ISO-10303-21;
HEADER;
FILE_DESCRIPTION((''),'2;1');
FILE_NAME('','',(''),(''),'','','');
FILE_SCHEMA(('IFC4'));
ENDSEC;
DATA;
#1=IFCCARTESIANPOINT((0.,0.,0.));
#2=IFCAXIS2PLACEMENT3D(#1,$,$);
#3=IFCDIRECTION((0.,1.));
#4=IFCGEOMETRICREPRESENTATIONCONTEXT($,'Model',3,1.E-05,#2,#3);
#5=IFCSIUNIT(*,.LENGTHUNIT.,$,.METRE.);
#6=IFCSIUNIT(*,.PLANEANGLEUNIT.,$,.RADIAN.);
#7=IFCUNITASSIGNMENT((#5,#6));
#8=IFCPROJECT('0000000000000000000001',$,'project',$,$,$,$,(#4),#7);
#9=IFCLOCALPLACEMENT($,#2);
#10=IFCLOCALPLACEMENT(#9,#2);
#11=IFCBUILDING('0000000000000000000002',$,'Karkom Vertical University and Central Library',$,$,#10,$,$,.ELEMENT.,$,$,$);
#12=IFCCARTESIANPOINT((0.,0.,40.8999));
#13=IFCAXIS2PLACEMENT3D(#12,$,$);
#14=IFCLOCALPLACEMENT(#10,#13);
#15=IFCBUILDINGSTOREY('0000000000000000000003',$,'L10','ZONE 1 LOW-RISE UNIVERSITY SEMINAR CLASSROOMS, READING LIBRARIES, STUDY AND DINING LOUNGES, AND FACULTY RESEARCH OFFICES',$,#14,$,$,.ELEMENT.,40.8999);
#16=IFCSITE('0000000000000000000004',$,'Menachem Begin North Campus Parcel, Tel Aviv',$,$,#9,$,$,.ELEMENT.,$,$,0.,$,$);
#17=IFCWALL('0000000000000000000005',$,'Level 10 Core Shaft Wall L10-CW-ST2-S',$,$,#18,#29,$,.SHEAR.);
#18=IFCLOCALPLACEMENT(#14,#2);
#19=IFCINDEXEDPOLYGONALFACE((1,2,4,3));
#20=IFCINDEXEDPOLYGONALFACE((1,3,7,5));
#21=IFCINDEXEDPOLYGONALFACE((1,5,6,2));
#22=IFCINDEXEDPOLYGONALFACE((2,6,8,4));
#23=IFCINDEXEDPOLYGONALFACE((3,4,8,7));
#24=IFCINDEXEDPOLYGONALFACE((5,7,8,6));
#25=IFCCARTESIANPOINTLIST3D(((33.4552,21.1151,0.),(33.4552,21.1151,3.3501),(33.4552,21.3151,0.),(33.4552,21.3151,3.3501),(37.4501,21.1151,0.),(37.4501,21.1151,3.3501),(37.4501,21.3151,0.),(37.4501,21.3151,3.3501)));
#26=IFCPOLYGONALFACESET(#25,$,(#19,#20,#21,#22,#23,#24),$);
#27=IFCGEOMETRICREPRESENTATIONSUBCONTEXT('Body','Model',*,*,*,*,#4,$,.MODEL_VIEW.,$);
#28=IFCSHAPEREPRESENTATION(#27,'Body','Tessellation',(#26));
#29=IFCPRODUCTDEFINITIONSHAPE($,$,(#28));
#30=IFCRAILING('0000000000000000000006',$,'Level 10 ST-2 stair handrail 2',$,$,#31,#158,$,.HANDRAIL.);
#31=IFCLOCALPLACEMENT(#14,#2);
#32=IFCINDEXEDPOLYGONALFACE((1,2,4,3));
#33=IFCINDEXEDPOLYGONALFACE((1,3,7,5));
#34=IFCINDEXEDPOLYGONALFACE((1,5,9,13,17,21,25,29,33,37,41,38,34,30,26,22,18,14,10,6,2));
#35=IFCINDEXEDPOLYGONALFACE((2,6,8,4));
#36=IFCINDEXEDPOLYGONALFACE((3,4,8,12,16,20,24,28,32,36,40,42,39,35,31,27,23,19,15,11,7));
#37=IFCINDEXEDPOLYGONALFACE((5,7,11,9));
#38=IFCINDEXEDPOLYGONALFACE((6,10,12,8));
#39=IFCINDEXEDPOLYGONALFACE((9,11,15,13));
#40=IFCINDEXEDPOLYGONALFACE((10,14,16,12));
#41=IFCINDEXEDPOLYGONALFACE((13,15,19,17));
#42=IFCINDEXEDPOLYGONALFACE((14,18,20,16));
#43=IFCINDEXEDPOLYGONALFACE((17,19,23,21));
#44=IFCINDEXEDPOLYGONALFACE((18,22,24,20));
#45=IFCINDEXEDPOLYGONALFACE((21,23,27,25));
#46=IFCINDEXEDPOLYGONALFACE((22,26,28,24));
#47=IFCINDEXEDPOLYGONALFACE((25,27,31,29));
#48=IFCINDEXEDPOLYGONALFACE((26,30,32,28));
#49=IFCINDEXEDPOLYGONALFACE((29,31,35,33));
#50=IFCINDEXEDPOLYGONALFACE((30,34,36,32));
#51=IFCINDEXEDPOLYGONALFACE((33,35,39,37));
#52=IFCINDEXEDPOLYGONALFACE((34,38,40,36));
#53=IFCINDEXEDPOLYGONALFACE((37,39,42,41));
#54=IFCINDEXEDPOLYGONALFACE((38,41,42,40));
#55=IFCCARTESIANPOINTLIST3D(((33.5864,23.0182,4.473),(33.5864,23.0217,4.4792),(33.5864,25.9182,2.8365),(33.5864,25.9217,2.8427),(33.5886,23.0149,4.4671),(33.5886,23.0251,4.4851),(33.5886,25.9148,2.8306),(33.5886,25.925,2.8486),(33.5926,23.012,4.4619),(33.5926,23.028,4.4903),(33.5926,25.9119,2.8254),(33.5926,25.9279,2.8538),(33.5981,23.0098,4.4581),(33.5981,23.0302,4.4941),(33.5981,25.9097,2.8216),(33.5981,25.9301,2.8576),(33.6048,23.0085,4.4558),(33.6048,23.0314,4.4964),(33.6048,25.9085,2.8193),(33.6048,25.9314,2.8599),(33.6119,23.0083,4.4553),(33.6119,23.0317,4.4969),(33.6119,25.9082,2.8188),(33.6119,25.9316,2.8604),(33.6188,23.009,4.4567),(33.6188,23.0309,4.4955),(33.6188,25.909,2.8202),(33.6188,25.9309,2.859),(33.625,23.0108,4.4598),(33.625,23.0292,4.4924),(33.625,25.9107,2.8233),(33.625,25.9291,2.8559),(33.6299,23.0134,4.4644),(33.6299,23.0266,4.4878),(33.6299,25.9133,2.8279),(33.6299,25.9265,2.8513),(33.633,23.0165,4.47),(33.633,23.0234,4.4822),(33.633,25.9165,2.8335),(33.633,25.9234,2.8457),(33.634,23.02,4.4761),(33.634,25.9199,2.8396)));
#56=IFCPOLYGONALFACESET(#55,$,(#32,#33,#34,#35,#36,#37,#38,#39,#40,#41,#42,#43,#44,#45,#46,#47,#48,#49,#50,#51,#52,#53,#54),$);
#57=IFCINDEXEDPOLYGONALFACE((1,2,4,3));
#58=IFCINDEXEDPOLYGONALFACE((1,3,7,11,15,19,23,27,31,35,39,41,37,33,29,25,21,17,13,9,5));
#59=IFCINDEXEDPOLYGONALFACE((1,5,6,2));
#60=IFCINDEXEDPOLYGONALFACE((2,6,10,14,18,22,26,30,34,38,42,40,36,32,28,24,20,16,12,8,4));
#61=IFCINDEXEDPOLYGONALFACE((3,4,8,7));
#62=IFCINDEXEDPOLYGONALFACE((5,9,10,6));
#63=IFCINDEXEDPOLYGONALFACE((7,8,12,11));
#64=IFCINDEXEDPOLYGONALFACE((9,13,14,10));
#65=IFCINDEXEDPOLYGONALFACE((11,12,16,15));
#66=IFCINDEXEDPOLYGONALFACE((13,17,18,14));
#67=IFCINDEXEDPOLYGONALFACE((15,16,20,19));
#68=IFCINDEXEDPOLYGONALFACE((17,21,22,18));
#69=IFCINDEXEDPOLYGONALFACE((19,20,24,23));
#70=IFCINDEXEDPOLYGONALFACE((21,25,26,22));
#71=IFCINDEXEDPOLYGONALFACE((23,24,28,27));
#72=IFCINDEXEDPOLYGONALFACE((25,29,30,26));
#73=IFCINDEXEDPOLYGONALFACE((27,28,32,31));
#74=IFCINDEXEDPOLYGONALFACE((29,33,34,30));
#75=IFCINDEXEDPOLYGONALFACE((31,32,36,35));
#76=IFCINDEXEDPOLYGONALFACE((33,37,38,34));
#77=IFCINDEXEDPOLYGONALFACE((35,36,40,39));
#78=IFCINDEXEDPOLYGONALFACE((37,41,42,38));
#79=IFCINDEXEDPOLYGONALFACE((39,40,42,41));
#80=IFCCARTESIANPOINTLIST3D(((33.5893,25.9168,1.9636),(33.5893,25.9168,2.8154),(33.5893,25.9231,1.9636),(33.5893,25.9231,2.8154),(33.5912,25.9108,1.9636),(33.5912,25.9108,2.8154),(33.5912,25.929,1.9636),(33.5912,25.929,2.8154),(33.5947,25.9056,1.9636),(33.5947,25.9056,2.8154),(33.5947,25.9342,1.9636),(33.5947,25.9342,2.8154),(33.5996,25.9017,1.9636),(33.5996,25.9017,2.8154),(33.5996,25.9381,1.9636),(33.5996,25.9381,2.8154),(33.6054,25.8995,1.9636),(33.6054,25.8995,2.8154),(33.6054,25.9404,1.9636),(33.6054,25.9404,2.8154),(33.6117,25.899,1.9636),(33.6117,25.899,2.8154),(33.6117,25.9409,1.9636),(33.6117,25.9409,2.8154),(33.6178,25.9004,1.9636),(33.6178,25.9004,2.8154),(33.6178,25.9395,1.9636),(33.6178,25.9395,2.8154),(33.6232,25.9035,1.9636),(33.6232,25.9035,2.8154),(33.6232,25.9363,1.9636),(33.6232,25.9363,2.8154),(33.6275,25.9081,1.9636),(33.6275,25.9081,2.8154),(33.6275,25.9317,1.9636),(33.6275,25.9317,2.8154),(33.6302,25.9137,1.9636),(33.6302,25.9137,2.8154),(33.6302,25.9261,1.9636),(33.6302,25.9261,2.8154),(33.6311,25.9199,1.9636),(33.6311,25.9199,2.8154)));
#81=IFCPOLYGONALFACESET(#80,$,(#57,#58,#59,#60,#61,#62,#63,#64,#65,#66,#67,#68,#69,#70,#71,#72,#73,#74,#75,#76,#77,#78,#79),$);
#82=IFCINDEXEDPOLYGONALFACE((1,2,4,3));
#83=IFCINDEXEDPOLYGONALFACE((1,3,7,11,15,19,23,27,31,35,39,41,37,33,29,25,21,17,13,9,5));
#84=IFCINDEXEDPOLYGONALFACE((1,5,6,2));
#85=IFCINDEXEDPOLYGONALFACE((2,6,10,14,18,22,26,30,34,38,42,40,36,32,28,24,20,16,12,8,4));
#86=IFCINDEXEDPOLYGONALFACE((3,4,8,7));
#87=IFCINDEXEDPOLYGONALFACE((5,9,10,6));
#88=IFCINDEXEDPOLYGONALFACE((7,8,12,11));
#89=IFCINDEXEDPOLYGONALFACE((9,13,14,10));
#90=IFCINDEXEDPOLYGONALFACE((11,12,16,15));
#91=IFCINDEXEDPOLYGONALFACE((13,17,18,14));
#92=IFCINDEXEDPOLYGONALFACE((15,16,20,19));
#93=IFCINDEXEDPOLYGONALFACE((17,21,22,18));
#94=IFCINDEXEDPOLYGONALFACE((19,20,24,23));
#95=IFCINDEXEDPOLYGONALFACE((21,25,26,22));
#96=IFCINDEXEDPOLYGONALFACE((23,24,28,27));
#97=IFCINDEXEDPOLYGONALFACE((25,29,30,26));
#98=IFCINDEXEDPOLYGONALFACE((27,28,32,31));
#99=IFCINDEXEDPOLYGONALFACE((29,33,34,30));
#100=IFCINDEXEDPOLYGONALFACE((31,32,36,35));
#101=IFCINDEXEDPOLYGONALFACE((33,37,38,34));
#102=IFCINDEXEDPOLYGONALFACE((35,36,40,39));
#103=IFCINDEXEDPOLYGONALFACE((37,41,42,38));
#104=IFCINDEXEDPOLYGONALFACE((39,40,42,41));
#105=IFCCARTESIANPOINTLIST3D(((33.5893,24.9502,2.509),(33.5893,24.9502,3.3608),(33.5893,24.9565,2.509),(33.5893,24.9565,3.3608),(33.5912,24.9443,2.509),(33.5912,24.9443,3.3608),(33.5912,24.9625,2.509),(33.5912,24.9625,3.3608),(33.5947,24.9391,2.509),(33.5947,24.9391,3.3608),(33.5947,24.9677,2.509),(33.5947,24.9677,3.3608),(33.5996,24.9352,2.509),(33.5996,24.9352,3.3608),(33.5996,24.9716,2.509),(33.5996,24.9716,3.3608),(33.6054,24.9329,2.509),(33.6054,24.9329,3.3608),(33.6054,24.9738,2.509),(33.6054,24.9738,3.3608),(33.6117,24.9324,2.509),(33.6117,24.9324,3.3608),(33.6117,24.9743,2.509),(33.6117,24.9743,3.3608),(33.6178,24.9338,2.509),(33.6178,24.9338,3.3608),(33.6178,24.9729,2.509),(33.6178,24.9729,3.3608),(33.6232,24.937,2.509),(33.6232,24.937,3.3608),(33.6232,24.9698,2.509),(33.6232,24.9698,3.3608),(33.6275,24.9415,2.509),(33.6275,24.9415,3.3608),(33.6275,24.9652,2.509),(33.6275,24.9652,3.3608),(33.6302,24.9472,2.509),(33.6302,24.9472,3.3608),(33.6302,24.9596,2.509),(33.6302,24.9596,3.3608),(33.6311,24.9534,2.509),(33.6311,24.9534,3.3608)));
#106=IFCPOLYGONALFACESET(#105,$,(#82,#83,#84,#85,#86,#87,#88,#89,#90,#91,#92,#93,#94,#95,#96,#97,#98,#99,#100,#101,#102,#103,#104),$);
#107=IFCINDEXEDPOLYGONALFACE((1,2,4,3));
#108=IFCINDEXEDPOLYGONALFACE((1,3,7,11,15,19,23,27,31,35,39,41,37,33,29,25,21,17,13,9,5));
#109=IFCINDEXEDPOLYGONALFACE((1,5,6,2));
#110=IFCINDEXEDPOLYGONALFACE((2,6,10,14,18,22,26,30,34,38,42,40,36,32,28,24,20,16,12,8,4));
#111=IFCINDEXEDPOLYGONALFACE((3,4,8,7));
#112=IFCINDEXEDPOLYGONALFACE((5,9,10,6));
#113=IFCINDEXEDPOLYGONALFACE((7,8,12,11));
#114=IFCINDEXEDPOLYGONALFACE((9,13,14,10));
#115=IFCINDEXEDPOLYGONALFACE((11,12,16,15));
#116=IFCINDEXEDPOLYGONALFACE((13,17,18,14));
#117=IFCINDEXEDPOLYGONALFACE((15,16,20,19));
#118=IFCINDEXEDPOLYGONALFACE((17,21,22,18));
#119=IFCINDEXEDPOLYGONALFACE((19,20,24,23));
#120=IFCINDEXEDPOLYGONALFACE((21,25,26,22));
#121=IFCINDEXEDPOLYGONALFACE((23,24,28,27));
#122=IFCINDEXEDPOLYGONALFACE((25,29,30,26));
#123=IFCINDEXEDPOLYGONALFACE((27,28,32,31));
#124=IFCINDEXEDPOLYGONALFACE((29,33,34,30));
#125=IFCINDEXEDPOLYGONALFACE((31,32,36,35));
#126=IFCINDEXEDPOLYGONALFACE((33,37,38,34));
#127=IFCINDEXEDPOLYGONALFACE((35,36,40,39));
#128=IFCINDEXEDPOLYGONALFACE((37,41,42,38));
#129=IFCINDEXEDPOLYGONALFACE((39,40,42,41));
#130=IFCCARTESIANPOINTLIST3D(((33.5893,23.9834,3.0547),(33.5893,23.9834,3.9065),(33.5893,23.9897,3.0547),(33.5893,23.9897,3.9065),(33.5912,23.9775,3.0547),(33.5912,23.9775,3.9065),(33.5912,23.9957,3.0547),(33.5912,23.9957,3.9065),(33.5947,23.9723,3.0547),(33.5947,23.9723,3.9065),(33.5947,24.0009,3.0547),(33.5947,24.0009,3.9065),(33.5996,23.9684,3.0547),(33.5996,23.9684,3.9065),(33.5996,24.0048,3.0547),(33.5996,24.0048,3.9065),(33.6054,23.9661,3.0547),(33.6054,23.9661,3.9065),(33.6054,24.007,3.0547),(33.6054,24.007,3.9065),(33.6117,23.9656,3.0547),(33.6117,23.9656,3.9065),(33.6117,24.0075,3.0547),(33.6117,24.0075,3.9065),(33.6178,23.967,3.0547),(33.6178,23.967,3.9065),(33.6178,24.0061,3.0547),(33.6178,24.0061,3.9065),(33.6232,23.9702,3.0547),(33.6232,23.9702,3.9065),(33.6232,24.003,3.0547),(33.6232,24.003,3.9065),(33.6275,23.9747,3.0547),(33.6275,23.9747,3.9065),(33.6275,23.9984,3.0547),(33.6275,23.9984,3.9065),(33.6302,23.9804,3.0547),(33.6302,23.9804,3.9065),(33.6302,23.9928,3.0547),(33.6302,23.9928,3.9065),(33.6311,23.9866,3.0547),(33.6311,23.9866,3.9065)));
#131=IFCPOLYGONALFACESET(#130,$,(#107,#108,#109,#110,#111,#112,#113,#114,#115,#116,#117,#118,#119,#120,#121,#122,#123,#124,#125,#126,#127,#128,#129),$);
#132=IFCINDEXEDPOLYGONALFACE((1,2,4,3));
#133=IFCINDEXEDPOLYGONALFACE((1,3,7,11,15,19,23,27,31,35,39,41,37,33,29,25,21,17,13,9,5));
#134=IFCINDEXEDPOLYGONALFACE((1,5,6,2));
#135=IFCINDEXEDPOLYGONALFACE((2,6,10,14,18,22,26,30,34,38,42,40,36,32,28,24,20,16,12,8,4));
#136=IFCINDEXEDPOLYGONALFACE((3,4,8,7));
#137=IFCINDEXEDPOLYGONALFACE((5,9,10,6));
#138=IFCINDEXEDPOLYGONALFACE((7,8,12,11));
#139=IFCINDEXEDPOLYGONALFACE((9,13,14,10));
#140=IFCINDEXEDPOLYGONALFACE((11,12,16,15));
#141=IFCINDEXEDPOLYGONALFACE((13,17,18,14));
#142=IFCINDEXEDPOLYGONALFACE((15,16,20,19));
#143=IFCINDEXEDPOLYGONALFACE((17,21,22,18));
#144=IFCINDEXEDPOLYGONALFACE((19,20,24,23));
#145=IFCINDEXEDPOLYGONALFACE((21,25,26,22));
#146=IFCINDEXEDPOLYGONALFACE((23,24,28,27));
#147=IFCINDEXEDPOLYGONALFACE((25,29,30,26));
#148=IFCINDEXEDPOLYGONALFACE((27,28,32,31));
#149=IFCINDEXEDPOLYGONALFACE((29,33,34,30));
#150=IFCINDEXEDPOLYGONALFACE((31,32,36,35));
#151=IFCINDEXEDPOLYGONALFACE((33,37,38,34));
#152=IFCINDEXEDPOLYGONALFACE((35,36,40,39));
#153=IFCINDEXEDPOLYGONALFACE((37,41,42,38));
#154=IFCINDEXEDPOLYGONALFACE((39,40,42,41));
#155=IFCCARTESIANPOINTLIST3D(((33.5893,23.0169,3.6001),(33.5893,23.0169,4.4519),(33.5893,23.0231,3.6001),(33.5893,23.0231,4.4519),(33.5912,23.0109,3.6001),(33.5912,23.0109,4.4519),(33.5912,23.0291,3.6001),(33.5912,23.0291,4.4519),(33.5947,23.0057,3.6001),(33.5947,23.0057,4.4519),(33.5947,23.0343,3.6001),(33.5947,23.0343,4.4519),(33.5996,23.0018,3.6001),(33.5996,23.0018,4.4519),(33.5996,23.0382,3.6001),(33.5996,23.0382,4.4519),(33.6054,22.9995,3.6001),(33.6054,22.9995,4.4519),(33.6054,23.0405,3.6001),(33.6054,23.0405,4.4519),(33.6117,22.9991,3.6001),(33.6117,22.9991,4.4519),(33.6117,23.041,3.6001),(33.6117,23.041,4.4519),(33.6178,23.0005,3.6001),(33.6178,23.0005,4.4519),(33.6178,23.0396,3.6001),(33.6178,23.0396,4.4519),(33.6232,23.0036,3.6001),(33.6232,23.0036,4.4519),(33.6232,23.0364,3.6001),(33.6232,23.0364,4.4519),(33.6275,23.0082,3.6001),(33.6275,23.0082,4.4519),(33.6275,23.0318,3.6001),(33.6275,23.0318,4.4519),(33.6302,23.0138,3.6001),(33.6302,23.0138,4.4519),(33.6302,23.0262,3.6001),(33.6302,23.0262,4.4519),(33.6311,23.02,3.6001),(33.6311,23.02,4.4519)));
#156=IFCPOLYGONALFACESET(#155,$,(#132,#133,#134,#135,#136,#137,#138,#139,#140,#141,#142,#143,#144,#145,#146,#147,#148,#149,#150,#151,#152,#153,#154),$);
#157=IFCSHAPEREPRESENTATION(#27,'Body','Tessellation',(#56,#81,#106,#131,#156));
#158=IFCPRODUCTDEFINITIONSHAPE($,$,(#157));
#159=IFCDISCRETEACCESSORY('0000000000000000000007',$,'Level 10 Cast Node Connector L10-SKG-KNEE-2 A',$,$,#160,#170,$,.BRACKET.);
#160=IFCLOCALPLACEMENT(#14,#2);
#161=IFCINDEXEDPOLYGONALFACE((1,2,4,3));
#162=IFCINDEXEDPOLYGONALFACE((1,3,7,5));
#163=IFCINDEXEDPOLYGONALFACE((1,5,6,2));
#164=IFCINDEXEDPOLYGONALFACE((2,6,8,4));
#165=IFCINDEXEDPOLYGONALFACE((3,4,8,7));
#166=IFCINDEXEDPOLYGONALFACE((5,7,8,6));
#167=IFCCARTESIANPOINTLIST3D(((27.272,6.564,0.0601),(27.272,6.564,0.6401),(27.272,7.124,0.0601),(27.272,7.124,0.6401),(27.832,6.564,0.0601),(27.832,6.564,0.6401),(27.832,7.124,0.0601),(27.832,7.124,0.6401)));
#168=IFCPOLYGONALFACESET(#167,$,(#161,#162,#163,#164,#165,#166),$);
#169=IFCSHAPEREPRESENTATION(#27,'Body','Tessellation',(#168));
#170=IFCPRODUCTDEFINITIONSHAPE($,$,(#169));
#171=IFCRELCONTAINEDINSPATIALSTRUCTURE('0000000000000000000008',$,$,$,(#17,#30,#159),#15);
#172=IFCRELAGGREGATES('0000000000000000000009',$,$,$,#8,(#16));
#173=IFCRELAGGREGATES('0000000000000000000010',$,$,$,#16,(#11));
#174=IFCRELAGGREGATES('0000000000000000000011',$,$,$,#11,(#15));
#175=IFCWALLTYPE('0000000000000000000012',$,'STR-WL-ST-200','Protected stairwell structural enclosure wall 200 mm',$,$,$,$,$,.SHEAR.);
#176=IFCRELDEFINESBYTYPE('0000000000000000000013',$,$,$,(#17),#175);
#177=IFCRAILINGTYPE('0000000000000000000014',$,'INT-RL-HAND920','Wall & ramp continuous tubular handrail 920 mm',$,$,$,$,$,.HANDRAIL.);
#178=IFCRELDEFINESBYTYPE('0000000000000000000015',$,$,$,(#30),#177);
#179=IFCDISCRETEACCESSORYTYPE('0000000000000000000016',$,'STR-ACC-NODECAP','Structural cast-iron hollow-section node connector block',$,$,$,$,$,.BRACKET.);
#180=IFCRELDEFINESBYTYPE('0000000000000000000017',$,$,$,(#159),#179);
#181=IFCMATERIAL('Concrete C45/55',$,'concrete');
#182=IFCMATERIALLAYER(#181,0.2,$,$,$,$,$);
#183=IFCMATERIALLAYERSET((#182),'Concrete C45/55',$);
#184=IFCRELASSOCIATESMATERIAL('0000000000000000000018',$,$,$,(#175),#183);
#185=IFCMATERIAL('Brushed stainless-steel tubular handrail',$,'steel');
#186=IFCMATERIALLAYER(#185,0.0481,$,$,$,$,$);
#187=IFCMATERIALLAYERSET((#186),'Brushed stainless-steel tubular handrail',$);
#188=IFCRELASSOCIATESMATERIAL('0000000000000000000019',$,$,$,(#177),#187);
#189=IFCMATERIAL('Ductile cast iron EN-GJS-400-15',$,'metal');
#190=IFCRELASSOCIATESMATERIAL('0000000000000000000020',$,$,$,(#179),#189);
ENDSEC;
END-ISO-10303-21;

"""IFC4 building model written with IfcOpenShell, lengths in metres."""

from ifc_helpers import new_model, si_unit, direction, frame, frame_2d, origin, origin_with_axes, origin_2d, place, context, subcontext, project, spatial, rectangle, circle, extrude, source, transform, mapped, material, layer, layer_set, type_object, element, save


model = new_model("IFC4")

# Units and contexts
model_context = context("Model", 3, precision=1e-05, world=origin(), true_north=direction((0.0, 1.0)))
body_context = subcontext(model_context, "Body", "Model", "MODEL_VIEW")
ifc_project = project(units=[si_unit("LENGTHUNIT", "METRE"), si_unit("PLANEANGLEUNIT", "RADIAN")], contexts=[model_context])

# Site, building, storey
site_placement = place(None, origin())
site = spatial("IfcSite", under=ifc_project, at=site_placement, Name="Menachem Begin North Campus Parcel, Tel Aviv", CompositionType="ELEMENT", RefElevation=0.0)
building_placement = place(site_placement, origin())
building = spatial("IfcBuilding", under=site, at=building_placement, Name="Karkom Vertical University and Central Library", CompositionType="ELEMENT")
storey_placement = place(building_placement, frame((0.0, 0.0, 40.8999)))
storey = spatial("IfcBuildingStorey", under=building, at=storey_placement, Name="L10", Description="ZONE 1 LOW-RISE UNIVERSITY SEMINAR CLASSROOMS, READING LIBRARIES, STUDY AND DINING LOUNGES, AND FACULTY RESEARCH OFFICES", CompositionType="ELEMENT", Elevation=40.8999)

# Shared definitions
ifc_material_1 = material(Name="Concrete C45/55", Category="concrete")
ifc_layer_1 = layer(ifc_material_1, 0.2)
ifc_layer_set_1 = layer_set([ifc_layer_1], Name="Concrete C45/55")
wall_type_1 = type_object("IfcWallType", Name="STR-WL-ST-200", Description="Protected stairwell structural enclosure wall 200 mm", PredefinedType="SHEAR", material=ifc_layer_set_1)

# Wall
wall_1_placement = place(storey_placement, frame((33.4551, 21.2151, 0.0), z_axis=(0.0, 0.0, 1.0), x_axis=(1.0, 0.0, 0.0)))
element("IfcWall", 1, at=wall_1_placement, inside=storey, type_object=wall_type_1, Name="Level 10 Core Shaft Wall L10-CW-ST2-S", PredefinedType="SHEAR", context=body_context, shape_type="SweptSolid", body=[
    extrude(rectangle(XDim=3.9949, YDim=0.2, at=frame_2d((1.9976, 0.0))), origin(), (0.0, 0.0, 1.0), 3.3501),
])

# Railing
ifc_material_2 = material(Name="Brushed stainless-steel tubular handrail", Category="steel")
ifc_layer_2 = layer(ifc_material_2, 0.0481)
ifc_layer_set_2 = layer_set([ifc_layer_2], Name="Brushed stainless-steel tubular handrail")
railing_type = type_object("IfcRailingType", Name="INT-RL-HAND920", Description="Wall & ramp continuous tubular handrail 920 mm", PredefinedType="HANDRAIL", material=ifc_layer_set_2)
railing_placement = place(storey_placement, frame((33.6101, 25.9199, 1.9636)))
element("IfcRailing", 2, at=railing_placement, inside=storey, type_object=railing_type, Name="Level 10 ST-2 stair handrail 2", PredefinedType="HANDRAIL", context=body_context, shape_type="SweptSolid", body=[
    extrude(circle(Radius=0.0239, at=origin_2d()), frame((0.0, 0.0, 0.876), z_axis=(0.0, -0.870897, 0.491465), x_axis=(1.0, 0.0, 0.0)), (0.0, 0.0, 1.0), 3.3298),
    extrude(circle(Radius=0.021, at=origin_2d()), origin(), (0.0, 0.0, 1.0), 0.8518),
    extrude(circle(Radius=0.021, at=origin_2d()), frame((0.0, -0.9666, 0.5454)), (0.0, 0.0, 1.0), 0.8518),
    extrude(circle(Radius=0.021, at=origin_2d()), frame((0.0, -1.9333, 1.0911)), (0.0, 0.0, 1.0), 0.8518),
    extrude(circle(Radius=0.021, at=origin_2d()), frame((0.0, -2.8999, 1.6365)), (0.0, 0.0, 1.0), 0.8518),
])

# Discrete accessory
ifc_material_3 = material(Name="Ductile cast iron EN-GJS-400-15", Category="metal")
discrete_accessory_type = type_object("IfcDiscreteAccessoryType", Name="STR-ACC-NODECAP", Description="Structural cast-iron hollow-section node connector block", PredefinedType="BRACKET", material=ifc_material_3)
shared_shape_1 = source(origin_with_axes(), body_context, "Body", "SweptSolid", [
    extrude(rectangle(XDim=0.5601, YDim=0.5601, at=origin_2d()), origin(), (0.0, 0.0, 1.0), 0.5801),
])
discrete_accessory_placement = place(storey_placement, frame((27.552, 6.844, 0.0601), z_axis=(0.0, 0.0, 1.0), x_axis=(1.0, 0.0, 0.0)))
element("IfcDiscreteAccessory", 3, at=discrete_accessory_placement, inside=storey, type_object=discrete_accessory_type, Name="Level 10 Cast Node Connector L10-SKG-KNEE-2 A", PredefinedType="BRACKET", context=body_context, shape_type="MappedRepresentation", body=[
    mapped(shared_shape_1, transform((0.0, 0.0, 0.0), scale=1.0)),
])

save(model, "model.ifc")
